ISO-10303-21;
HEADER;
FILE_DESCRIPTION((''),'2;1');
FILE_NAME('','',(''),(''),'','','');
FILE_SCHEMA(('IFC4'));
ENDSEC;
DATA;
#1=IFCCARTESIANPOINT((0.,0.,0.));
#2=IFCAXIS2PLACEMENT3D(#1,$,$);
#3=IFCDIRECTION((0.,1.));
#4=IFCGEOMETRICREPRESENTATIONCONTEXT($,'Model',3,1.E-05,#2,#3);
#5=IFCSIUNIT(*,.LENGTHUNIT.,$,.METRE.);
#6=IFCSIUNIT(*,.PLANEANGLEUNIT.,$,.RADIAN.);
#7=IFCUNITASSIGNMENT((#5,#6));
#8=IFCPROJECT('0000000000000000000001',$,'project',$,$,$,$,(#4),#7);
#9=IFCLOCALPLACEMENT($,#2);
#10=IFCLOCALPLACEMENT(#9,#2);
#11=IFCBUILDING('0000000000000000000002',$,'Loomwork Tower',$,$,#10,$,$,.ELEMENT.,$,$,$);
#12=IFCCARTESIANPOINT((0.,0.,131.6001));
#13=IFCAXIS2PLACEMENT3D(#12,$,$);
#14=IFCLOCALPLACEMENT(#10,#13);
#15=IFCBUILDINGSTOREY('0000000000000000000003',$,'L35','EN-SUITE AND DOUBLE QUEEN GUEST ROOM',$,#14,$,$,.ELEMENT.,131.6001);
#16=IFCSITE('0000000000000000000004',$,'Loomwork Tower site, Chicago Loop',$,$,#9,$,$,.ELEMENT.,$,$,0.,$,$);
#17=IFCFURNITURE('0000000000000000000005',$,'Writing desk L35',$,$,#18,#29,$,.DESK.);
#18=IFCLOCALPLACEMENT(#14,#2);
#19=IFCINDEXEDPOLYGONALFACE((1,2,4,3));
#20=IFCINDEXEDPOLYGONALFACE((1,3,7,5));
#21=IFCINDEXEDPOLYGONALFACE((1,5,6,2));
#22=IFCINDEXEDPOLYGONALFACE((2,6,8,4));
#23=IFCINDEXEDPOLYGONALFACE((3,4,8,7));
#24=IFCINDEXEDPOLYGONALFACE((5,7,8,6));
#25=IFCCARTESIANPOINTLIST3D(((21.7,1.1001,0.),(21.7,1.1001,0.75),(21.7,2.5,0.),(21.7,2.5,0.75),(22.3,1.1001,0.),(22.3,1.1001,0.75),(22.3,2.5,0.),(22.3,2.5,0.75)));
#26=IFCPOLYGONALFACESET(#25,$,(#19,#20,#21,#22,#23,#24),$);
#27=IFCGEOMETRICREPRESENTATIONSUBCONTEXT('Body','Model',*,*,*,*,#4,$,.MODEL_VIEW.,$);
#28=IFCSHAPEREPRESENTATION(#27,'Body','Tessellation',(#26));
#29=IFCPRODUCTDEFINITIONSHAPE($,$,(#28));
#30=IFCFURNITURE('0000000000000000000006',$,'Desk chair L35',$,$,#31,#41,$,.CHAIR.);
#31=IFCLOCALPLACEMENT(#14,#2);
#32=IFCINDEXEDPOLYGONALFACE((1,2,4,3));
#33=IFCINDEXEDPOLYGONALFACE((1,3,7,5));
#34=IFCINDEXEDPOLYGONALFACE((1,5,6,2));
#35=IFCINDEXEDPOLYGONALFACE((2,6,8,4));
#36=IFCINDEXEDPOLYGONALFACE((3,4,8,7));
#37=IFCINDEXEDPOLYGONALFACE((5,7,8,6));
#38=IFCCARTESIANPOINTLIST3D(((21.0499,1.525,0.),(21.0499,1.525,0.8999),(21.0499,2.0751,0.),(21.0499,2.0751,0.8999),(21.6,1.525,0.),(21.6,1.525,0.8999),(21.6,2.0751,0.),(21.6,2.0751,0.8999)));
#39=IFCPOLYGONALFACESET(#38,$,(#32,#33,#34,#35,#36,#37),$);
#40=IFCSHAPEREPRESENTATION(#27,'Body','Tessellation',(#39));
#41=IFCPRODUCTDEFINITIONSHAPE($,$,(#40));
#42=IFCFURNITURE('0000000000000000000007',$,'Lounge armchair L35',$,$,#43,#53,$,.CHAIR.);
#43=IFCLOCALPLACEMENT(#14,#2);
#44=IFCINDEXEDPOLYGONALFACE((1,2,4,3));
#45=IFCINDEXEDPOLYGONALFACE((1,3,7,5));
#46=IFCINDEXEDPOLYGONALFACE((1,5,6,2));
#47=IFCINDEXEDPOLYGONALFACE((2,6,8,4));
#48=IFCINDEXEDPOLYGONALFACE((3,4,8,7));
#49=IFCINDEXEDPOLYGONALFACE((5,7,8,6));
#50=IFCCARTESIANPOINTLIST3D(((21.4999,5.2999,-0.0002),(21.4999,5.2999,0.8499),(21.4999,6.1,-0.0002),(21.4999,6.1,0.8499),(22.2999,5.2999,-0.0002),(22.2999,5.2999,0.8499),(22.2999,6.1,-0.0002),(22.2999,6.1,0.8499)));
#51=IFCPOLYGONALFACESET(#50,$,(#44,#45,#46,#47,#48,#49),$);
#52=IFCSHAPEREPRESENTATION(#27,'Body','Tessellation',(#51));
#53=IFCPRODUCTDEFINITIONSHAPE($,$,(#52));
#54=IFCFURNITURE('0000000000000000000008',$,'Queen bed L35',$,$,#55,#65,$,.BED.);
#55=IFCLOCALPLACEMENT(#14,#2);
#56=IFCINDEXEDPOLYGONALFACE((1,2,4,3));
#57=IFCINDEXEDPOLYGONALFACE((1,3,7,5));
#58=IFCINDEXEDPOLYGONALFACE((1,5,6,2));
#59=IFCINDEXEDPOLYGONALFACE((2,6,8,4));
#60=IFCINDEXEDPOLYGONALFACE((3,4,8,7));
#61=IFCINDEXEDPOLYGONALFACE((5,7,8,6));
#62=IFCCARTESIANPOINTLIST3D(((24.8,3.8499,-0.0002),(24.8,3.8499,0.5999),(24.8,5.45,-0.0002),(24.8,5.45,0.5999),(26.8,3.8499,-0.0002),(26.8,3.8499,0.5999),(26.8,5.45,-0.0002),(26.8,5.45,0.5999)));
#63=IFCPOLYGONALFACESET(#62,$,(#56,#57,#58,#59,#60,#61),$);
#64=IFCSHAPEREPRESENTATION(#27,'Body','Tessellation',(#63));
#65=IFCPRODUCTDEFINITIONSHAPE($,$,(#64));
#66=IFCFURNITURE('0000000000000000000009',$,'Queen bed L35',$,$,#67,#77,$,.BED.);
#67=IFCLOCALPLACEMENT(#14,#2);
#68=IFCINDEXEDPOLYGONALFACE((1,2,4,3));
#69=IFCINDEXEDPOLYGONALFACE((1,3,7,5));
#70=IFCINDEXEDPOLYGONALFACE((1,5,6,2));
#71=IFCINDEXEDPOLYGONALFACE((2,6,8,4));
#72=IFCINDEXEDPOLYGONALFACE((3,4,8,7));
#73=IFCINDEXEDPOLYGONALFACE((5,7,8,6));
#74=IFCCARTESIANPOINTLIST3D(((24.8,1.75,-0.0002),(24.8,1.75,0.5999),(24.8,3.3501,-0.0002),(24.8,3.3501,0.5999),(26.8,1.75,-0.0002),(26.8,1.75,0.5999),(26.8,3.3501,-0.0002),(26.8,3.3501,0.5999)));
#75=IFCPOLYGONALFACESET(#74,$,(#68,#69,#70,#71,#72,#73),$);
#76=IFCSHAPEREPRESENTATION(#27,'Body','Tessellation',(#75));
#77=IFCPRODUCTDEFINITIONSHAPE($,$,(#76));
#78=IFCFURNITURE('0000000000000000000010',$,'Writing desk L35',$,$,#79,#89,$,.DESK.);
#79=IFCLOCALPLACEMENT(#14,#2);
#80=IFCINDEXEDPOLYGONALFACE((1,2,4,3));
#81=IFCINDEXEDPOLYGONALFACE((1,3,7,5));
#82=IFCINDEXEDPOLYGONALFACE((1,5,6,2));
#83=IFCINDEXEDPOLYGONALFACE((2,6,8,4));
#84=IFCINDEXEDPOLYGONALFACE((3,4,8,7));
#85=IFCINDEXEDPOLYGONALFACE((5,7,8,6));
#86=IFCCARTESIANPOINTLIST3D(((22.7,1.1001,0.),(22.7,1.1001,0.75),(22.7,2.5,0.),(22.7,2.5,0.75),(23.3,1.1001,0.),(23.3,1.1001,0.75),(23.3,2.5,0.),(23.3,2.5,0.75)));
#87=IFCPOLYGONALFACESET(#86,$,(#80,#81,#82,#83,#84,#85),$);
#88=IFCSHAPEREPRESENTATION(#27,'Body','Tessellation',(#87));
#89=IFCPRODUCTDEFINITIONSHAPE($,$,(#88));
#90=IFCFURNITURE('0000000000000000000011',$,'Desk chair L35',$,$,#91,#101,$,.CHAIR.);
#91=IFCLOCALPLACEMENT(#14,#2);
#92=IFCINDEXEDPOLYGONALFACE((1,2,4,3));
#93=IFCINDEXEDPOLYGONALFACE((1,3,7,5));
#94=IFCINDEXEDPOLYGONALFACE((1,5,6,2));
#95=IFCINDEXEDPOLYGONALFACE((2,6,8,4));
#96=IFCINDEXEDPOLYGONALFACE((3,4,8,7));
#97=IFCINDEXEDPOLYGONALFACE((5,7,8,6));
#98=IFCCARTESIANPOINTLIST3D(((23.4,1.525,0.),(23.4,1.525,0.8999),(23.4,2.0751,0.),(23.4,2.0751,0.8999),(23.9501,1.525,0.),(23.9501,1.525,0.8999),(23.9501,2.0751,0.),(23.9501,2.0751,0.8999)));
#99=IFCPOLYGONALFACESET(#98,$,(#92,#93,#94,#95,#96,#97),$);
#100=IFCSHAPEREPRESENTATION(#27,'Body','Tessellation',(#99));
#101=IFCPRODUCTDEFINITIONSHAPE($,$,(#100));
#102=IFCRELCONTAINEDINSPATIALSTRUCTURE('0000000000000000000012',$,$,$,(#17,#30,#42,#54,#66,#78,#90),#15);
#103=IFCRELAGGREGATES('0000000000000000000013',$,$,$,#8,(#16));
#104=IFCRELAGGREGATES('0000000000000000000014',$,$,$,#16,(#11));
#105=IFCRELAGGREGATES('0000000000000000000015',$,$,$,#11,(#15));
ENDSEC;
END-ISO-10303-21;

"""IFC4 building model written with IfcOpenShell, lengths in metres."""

from ifc_helpers import new_model, si_unit, direction, frame, origin, origin_2d, place, context, subcontext, project, spatial, rectangle, extrude, element, save


model = new_model("IFC4")

# Units and contexts
model_context = context("Model", 3, precision=1e-05, world=origin(), true_north=direction((0.0, 1.0)))
body_context = subcontext(model_context, "Body", "Model", "MODEL_VIEW")
ifc_project = project(units=[si_unit("LENGTHUNIT", "METRE"), si_unit("PLANEANGLEUNIT", "RADIAN")], contexts=[model_context])

# Site, building, storey
site_placement = place(None, origin())
site = spatial("IfcSite", under=ifc_project, at=site_placement, Name="Loomwork Tower site, Chicago Loop", CompositionType="ELEMENT", RefElevation=0.0)
building_placement = place(site_placement, origin())
building = spatial("IfcBuilding", under=site, at=building_placement, Name="Loomwork Tower", CompositionType="ELEMENT")
storey_placement = place(building_placement, frame((0.0, 0.0, 131.6001)))
storey = spatial("IfcBuildingStorey", under=building, at=storey_placement, Name="L35", Description="EN-SUITE AND DOUBLE QUEEN GUEST ROOM", CompositionType="ELEMENT", Elevation=131.6001)

# Furniture
furniture_1_placement = place(storey_placement, frame((22.0, 1.8, 0.0), z_axis=(0.0, 0.0, 1.0), x_axis=(1.0, 0.0, 0.0)))
element("IfcFurniture", 1, at=furniture_1_placement, inside=storey, Name="Writing desk L35", PredefinedType="DESK", context=body_context, shape_type="SweptSolid", body=[
    extrude(rectangle(XDim=0.6001, YDim=1.3999, at=origin_2d()), origin(), (0.0, 0.0, 1.0), 0.75),
])
furniture_2_placement = place(storey_placement, frame((21.325, 1.8, 0.0), z_axis=(0.0, 0.0, 1.0), x_axis=(1.0, 0.0, 0.0)))
element("IfcFurniture", 2, at=furniture_2_placement, inside=storey, Name="Desk chair L35", PredefinedType="CHAIR", context=body_context, shape_type="SweptSolid", body=[
    extrude(rectangle(XDim=0.55, YDim=0.55, at=origin_2d()), origin(), (0.0, 0.0, 1.0), 0.8999),
])
furniture_3_placement = place(storey_placement, frame((21.8999, 5.7, -0.0002), z_axis=(0.0, 0.0, 1.0), x_axis=(1.0, 0.0, 0.0)))
element("IfcFurniture", 3, at=furniture_3_placement, inside=storey, Name="Lounge armchair L35", PredefinedType="CHAIR", context=body_context, shape_type="SweptSolid", body=[
    extrude(rectangle(XDim=0.8, YDim=0.8, at=origin_2d()), origin(), (0.0, 0.0, 1.0), 0.8501),
])
for number, where, z_axis, x_axis, name in (
    (4, (25.8, 4.6499, -0.0002), (0.0, 0.0, 1.0), (1.0, 0.0, 0.0), "Queen bed L35"),
    (5, (25.8, 2.55, -0.0002), (0.0, 0.0, 1.0), (1.0, 0.0, 0.0), "Queen bed L35"),
):
    element("IfcFurniture", number, at=place(storey_placement, frame(where, z_axis=z_axis, x_axis=x_axis)), inside=storey, Name=name, PredefinedType="BED", context=body_context, shape_type="SweptSolid", body=[
        extrude(rectangle(XDim=2.0, YDim=1.6001, at=origin_2d()), origin(), (0.0, 0.0, 1.0), 0.6001),
    ])
furniture_4_placement = place(storey_placement, frame((23.0, 1.8, 0.0), z_axis=(0.0, 0.0, 1.0), x_axis=(1.0, 0.0, 0.0)))
element("IfcFurniture", 6, at=furniture_4_placement, inside=storey, Name="Writing desk L35", PredefinedType="DESK", context=body_context, shape_type="SweptSolid", body=[
    extrude(rectangle(XDim=0.6001, YDim=1.3999, at=origin_2d()), origin(), (0.0, 0.0, 1.0), 0.75),
])
furniture_5_placement = place(storey_placement, frame((23.675, 1.8, 0.0), z_axis=(0.0, 0.0, 1.0), x_axis=(1.0, 0.0, 0.0)))
element("IfcFurniture", 7, at=furniture_5_placement, inside=storey, Name="Desk chair L35", PredefinedType="CHAIR", context=body_context, shape_type="SweptSolid", body=[
    extrude(rectangle(XDim=0.55, YDim=0.55, at=origin_2d()), origin(), (0.0, 0.0, 1.0), 0.8999),
])

save(model, "model.ifc")
